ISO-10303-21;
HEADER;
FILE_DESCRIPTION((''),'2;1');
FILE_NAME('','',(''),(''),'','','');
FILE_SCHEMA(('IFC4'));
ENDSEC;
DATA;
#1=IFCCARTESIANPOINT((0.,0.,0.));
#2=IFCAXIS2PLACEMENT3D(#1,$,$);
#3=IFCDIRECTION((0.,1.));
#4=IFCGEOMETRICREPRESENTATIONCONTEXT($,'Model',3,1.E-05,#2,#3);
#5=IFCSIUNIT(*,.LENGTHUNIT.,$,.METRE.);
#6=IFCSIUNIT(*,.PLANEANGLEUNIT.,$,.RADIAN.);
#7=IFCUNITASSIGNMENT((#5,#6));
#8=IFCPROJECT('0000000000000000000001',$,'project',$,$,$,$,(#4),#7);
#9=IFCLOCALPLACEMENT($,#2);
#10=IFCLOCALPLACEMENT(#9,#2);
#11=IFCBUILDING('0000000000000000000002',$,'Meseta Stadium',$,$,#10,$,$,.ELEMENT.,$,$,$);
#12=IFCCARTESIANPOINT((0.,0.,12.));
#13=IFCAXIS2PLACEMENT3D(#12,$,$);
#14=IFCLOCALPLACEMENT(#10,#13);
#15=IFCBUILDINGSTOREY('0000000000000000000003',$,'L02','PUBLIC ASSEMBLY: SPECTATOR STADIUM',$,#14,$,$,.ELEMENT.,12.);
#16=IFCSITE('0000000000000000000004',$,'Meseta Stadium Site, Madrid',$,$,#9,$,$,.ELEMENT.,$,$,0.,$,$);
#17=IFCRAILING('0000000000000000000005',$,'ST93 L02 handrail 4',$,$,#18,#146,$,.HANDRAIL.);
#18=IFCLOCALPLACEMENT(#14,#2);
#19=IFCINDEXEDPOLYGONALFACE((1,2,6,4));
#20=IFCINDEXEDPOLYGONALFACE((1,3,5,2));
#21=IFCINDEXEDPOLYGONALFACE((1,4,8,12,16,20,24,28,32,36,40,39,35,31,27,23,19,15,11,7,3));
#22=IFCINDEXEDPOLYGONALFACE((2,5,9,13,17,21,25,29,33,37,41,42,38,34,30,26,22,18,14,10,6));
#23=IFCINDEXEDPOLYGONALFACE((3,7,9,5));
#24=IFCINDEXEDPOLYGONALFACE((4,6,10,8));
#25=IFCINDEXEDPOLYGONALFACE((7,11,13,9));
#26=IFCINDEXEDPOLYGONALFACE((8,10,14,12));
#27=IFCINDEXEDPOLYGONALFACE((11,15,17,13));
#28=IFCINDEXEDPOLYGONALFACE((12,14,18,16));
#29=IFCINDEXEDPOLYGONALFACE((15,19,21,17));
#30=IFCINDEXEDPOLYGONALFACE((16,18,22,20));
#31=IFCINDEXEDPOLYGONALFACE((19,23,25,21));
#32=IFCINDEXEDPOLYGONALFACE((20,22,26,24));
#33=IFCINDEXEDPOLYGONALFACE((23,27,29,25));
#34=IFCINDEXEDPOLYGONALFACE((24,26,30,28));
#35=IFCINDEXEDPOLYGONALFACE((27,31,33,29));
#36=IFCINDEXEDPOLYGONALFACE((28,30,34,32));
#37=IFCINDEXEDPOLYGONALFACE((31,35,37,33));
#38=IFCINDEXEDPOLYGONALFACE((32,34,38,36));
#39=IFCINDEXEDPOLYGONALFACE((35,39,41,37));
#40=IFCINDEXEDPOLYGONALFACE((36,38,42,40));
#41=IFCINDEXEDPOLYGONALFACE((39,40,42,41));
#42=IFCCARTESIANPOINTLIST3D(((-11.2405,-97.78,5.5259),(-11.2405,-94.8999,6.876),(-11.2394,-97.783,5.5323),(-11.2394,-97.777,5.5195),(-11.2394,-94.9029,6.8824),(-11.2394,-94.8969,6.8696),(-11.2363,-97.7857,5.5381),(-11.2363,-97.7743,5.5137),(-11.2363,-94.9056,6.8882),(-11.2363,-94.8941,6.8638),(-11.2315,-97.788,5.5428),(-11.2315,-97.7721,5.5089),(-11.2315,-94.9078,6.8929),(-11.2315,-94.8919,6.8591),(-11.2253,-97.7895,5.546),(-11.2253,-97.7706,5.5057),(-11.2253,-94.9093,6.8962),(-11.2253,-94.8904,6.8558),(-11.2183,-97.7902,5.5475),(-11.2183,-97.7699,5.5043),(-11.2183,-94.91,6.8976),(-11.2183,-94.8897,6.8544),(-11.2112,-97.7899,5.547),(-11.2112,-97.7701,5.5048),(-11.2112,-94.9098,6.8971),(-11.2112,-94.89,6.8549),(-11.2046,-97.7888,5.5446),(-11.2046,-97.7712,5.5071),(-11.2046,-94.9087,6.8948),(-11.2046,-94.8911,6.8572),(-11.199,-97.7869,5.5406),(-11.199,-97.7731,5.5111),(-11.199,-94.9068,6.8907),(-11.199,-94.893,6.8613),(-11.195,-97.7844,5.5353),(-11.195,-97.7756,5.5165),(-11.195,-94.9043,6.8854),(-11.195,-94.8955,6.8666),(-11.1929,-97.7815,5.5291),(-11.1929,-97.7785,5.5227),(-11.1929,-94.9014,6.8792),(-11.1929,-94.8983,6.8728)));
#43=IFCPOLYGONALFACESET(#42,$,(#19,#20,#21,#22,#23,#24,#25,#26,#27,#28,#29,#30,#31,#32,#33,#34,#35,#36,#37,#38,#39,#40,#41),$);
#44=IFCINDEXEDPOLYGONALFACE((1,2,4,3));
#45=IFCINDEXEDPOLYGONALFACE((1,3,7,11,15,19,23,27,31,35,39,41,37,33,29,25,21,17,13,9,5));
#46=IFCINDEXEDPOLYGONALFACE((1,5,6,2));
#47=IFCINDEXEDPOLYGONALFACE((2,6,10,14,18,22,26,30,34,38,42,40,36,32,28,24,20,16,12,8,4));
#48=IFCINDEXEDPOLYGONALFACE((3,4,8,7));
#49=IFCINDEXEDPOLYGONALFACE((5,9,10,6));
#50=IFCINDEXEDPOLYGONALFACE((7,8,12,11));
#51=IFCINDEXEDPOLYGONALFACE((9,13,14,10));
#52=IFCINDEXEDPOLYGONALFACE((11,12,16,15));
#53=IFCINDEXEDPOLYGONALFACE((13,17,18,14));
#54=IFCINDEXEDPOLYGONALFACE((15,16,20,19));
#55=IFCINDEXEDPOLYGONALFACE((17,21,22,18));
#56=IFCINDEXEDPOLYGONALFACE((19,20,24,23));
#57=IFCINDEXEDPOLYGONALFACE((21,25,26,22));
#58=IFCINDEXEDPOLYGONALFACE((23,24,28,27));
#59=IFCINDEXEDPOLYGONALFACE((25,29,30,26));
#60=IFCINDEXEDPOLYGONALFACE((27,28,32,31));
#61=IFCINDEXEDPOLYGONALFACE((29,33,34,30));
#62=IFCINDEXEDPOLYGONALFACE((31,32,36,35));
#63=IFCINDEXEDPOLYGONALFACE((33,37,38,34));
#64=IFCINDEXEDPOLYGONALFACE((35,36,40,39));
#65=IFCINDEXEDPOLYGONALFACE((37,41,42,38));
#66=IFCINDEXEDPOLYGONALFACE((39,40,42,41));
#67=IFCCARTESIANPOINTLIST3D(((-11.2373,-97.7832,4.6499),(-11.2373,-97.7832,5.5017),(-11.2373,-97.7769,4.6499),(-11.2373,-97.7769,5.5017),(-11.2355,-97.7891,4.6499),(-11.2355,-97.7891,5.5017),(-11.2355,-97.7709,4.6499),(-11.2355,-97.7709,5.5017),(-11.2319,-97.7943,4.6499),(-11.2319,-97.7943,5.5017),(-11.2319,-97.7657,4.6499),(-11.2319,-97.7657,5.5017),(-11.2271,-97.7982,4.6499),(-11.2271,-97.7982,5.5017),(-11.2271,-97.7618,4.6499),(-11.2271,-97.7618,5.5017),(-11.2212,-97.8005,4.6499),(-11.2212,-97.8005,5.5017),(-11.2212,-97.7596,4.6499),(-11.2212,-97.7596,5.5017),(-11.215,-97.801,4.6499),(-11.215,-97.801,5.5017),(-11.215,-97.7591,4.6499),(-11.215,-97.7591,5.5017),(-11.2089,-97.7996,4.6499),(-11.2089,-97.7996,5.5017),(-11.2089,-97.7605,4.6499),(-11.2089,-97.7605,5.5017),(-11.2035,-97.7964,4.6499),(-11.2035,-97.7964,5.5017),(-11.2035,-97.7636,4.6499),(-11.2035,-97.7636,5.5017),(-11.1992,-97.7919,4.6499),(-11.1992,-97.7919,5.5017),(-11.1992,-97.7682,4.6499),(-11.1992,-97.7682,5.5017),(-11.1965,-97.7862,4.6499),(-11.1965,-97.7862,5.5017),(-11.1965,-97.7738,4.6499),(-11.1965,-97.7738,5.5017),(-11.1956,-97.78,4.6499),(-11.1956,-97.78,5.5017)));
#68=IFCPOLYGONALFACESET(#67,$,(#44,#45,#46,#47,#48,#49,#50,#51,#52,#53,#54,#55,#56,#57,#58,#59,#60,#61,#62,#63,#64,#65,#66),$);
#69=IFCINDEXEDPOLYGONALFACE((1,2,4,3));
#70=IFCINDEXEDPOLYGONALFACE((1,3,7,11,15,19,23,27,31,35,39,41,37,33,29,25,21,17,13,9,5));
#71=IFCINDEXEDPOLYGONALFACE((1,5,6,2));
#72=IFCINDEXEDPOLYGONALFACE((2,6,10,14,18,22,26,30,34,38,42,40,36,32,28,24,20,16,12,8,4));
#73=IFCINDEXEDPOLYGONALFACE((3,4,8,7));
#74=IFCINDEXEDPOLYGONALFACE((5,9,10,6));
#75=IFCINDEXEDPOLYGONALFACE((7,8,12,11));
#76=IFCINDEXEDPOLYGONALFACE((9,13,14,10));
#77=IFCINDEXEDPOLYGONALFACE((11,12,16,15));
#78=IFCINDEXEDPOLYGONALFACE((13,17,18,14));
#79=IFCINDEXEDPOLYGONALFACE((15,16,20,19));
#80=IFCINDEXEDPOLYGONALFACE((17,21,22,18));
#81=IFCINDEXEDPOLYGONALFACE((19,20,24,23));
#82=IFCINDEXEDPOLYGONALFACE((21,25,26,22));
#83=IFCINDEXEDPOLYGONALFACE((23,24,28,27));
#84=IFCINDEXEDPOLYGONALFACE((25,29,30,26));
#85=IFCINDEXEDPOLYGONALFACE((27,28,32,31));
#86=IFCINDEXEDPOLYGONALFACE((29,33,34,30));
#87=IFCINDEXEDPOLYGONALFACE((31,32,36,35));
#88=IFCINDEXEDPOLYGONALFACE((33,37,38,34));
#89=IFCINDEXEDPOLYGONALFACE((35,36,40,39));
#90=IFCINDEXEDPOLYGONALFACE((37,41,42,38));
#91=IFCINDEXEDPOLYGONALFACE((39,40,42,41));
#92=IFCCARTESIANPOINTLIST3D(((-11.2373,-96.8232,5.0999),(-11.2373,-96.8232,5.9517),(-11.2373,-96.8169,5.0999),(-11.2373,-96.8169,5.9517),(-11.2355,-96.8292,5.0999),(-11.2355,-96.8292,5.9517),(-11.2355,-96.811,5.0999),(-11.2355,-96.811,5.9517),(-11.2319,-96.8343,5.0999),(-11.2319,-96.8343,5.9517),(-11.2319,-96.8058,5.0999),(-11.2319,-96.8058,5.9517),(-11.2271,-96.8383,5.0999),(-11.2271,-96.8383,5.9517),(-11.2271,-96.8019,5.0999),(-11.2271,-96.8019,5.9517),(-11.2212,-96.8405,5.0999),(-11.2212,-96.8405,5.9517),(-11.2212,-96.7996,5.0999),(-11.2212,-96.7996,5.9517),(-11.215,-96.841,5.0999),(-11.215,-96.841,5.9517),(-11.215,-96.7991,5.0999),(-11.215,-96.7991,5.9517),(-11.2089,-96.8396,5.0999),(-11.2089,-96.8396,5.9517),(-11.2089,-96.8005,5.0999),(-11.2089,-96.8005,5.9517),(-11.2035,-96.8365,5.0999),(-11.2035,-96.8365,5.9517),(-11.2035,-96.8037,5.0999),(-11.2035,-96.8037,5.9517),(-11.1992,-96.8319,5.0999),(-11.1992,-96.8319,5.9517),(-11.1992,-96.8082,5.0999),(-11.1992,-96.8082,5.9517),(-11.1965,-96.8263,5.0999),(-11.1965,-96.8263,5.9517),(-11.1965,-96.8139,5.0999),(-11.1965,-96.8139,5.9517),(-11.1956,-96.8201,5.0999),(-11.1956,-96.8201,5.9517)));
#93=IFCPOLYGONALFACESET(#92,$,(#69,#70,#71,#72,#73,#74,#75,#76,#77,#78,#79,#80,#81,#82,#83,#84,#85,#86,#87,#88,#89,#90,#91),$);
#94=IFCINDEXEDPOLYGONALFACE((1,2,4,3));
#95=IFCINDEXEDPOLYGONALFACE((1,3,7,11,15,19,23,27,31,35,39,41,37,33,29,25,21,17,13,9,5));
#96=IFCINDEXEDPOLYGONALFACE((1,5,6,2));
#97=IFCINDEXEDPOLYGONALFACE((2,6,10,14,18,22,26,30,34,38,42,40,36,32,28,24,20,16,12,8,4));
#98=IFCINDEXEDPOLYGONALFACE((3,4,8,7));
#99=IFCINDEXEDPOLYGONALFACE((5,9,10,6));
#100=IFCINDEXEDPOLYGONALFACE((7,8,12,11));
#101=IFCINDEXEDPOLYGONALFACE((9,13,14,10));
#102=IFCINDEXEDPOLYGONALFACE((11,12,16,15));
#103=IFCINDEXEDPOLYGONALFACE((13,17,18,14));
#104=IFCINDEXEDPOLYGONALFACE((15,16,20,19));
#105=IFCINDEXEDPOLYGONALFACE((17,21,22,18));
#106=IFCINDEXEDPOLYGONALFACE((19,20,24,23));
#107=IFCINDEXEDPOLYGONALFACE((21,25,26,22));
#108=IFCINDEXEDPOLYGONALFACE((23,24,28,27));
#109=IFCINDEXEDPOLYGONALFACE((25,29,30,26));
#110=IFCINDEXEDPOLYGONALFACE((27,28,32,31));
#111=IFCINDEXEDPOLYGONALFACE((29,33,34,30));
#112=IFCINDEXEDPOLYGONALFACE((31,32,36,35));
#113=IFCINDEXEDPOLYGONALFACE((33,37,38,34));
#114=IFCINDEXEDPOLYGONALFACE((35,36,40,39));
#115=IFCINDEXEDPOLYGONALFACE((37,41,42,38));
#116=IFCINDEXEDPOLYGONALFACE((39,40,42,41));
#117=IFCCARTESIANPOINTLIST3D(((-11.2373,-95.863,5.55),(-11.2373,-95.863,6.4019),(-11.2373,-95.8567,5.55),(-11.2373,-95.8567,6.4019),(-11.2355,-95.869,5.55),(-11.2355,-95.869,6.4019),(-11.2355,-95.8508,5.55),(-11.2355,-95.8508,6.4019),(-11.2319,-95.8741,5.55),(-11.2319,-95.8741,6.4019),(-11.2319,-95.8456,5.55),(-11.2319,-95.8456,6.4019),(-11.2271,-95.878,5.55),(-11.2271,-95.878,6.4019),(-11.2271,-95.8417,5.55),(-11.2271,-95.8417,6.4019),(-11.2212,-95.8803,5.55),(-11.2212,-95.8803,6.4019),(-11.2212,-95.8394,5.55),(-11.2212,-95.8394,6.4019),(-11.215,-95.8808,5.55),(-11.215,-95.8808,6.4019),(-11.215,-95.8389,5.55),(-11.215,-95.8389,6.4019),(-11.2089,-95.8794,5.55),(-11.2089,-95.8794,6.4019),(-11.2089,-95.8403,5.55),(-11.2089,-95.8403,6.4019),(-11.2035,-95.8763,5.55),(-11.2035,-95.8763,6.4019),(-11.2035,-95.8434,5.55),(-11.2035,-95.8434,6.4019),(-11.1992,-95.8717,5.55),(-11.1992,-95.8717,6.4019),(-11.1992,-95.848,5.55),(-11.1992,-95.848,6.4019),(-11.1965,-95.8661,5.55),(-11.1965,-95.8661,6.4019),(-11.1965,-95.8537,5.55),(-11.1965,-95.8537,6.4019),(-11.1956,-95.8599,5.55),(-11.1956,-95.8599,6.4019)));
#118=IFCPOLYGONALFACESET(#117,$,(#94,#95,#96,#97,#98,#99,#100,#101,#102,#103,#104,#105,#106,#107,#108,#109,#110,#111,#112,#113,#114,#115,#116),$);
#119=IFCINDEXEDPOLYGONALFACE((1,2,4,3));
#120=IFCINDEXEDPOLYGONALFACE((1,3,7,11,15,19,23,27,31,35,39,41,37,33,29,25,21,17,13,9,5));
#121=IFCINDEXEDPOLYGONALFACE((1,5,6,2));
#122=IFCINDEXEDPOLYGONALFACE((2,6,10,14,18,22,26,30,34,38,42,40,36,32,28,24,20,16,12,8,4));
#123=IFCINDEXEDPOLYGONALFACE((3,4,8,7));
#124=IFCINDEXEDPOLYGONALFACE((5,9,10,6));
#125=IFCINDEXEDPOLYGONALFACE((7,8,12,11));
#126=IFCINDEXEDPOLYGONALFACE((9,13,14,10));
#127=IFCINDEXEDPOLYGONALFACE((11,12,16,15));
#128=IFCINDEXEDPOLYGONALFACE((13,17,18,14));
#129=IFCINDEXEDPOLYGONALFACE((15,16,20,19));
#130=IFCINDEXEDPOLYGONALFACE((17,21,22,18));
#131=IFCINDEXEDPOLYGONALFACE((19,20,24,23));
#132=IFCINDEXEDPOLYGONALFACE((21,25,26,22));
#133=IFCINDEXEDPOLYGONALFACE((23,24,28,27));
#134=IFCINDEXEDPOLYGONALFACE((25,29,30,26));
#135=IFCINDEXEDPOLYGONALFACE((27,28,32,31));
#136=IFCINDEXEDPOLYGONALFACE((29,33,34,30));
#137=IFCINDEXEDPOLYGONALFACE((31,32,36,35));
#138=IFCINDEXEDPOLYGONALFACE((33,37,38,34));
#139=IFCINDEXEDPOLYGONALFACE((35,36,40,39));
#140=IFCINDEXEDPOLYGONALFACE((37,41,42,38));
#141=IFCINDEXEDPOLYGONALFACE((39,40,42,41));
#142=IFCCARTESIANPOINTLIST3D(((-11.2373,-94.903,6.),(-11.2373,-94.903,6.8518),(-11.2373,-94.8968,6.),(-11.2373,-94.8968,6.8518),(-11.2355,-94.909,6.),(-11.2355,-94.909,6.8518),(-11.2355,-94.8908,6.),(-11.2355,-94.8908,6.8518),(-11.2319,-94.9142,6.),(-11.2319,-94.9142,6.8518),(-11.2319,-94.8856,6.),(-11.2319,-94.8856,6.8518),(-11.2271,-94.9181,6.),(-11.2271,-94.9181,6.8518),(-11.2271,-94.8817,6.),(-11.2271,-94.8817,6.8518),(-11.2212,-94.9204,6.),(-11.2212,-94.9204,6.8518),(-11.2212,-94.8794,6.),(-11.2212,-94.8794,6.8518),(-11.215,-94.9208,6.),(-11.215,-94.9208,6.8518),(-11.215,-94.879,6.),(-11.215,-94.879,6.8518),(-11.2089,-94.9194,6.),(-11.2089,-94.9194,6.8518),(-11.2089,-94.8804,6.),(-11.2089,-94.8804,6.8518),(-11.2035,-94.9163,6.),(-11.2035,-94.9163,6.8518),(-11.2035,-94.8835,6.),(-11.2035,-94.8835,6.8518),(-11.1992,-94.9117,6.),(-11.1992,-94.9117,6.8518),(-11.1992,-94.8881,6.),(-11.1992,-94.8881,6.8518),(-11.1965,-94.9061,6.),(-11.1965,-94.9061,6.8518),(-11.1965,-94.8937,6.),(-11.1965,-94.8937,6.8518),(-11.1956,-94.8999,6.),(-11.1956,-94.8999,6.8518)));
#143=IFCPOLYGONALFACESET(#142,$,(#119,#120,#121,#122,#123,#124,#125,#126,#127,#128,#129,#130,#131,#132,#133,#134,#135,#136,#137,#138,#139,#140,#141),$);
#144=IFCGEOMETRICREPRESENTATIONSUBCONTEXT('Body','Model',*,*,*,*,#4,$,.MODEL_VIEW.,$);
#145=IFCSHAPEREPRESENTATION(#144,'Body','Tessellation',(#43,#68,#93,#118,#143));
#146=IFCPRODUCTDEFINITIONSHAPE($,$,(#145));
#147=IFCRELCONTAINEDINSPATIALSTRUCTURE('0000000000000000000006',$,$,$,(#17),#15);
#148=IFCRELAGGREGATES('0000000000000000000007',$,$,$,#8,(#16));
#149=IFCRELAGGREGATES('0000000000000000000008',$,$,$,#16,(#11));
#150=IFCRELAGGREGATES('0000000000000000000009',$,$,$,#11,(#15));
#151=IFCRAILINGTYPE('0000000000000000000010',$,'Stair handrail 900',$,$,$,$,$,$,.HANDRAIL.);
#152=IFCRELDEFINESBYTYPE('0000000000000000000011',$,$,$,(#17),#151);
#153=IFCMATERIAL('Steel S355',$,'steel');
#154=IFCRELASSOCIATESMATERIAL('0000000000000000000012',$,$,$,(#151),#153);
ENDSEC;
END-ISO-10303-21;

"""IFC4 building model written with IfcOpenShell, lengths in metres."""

from ifc_helpers import new_model, si_unit, direction, frame, origin, origin_2d, place, context, subcontext, project, spatial, circle, extrude, material, type_object, element, save


model = new_model("IFC4")

# Units and contexts
model_context = context("Model", 3, precision=1e-05, world=origin(), true_north=direction((0.0, 1.0)))
body_context = subcontext(model_context, "Body", "Model", "MODEL_VIEW")
ifc_project = project(units=[si_unit("LENGTHUNIT", "METRE"), si_unit("PLANEANGLEUNIT", "RADIAN")], contexts=[model_context])

# Site, building, storey
site_placement = place(None, origin())
site = spatial("IfcSite", under=ifc_project, at=site_placement, Name="Meseta Stadium Site, Madrid", CompositionType="ELEMENT", RefElevation=0.0)
building_placement = place(site_placement, origin())
building = spatial("IfcBuilding", under=site, at=building_placement, Name="Meseta Stadium", CompositionType="ELEMENT")
storey_placement = place(building_placement, frame((0.0, 0.0, 12.0)))
storey = spatial("IfcBuildingStorey", under=building, at=storey_placement, Name="L02", Description="PUBLIC ASSEMBLY: SPECTATOR STADIUM", CompositionType="ELEMENT", Elevation=12.0)

# Railing
ifc_material_1 = material(Name="Steel S355", Category="steel")
railing_type_1 = type_object("IfcRailingType", Name="Stair handrail 900", PredefinedType="HANDRAIL", material=ifc_material_1)
railing_1_placement = place(storey_placement, frame((-11.2166, -97.78, 4.6499)))
element("IfcRailing", 1, at=railing_1_placement, inside=storey, type_object=railing_type_1, Name="ST93 L02 handrail 4", PredefinedType="HANDRAIL", context=body_context, shape_type="SweptSolid", body=[
    extrude(circle(Radius=0.0239, at=origin_2d()), frame((0.0, 0.0, 0.876), z_axis=(0.0, 0.905454, 0.424444), x_axis=(-1.0, 0.0, 0.0)), (0.0, 0.0, 1.0), 3.1809),
    extrude(circle(Radius=0.021, at=origin_2d()), origin(), (0.0, 0.0, 1.0), 0.8518),
    extrude(circle(Radius=0.021, at=origin_2d()), frame((0.0, 0.96, 0.45)), (0.0, 0.0, 1.0), 0.8518),
    extrude(circle(Radius=0.021, at=origin_2d()), frame((0.0, 1.9202, 0.9001)), (0.0, 0.0, 1.0), 0.8518),
    extrude(circle(Radius=0.021, at=origin_2d()), frame((0.0, 2.8801, 1.3501)), (0.0, 0.0, 1.0), 0.8518),
])

save(model, "model.ifc")
